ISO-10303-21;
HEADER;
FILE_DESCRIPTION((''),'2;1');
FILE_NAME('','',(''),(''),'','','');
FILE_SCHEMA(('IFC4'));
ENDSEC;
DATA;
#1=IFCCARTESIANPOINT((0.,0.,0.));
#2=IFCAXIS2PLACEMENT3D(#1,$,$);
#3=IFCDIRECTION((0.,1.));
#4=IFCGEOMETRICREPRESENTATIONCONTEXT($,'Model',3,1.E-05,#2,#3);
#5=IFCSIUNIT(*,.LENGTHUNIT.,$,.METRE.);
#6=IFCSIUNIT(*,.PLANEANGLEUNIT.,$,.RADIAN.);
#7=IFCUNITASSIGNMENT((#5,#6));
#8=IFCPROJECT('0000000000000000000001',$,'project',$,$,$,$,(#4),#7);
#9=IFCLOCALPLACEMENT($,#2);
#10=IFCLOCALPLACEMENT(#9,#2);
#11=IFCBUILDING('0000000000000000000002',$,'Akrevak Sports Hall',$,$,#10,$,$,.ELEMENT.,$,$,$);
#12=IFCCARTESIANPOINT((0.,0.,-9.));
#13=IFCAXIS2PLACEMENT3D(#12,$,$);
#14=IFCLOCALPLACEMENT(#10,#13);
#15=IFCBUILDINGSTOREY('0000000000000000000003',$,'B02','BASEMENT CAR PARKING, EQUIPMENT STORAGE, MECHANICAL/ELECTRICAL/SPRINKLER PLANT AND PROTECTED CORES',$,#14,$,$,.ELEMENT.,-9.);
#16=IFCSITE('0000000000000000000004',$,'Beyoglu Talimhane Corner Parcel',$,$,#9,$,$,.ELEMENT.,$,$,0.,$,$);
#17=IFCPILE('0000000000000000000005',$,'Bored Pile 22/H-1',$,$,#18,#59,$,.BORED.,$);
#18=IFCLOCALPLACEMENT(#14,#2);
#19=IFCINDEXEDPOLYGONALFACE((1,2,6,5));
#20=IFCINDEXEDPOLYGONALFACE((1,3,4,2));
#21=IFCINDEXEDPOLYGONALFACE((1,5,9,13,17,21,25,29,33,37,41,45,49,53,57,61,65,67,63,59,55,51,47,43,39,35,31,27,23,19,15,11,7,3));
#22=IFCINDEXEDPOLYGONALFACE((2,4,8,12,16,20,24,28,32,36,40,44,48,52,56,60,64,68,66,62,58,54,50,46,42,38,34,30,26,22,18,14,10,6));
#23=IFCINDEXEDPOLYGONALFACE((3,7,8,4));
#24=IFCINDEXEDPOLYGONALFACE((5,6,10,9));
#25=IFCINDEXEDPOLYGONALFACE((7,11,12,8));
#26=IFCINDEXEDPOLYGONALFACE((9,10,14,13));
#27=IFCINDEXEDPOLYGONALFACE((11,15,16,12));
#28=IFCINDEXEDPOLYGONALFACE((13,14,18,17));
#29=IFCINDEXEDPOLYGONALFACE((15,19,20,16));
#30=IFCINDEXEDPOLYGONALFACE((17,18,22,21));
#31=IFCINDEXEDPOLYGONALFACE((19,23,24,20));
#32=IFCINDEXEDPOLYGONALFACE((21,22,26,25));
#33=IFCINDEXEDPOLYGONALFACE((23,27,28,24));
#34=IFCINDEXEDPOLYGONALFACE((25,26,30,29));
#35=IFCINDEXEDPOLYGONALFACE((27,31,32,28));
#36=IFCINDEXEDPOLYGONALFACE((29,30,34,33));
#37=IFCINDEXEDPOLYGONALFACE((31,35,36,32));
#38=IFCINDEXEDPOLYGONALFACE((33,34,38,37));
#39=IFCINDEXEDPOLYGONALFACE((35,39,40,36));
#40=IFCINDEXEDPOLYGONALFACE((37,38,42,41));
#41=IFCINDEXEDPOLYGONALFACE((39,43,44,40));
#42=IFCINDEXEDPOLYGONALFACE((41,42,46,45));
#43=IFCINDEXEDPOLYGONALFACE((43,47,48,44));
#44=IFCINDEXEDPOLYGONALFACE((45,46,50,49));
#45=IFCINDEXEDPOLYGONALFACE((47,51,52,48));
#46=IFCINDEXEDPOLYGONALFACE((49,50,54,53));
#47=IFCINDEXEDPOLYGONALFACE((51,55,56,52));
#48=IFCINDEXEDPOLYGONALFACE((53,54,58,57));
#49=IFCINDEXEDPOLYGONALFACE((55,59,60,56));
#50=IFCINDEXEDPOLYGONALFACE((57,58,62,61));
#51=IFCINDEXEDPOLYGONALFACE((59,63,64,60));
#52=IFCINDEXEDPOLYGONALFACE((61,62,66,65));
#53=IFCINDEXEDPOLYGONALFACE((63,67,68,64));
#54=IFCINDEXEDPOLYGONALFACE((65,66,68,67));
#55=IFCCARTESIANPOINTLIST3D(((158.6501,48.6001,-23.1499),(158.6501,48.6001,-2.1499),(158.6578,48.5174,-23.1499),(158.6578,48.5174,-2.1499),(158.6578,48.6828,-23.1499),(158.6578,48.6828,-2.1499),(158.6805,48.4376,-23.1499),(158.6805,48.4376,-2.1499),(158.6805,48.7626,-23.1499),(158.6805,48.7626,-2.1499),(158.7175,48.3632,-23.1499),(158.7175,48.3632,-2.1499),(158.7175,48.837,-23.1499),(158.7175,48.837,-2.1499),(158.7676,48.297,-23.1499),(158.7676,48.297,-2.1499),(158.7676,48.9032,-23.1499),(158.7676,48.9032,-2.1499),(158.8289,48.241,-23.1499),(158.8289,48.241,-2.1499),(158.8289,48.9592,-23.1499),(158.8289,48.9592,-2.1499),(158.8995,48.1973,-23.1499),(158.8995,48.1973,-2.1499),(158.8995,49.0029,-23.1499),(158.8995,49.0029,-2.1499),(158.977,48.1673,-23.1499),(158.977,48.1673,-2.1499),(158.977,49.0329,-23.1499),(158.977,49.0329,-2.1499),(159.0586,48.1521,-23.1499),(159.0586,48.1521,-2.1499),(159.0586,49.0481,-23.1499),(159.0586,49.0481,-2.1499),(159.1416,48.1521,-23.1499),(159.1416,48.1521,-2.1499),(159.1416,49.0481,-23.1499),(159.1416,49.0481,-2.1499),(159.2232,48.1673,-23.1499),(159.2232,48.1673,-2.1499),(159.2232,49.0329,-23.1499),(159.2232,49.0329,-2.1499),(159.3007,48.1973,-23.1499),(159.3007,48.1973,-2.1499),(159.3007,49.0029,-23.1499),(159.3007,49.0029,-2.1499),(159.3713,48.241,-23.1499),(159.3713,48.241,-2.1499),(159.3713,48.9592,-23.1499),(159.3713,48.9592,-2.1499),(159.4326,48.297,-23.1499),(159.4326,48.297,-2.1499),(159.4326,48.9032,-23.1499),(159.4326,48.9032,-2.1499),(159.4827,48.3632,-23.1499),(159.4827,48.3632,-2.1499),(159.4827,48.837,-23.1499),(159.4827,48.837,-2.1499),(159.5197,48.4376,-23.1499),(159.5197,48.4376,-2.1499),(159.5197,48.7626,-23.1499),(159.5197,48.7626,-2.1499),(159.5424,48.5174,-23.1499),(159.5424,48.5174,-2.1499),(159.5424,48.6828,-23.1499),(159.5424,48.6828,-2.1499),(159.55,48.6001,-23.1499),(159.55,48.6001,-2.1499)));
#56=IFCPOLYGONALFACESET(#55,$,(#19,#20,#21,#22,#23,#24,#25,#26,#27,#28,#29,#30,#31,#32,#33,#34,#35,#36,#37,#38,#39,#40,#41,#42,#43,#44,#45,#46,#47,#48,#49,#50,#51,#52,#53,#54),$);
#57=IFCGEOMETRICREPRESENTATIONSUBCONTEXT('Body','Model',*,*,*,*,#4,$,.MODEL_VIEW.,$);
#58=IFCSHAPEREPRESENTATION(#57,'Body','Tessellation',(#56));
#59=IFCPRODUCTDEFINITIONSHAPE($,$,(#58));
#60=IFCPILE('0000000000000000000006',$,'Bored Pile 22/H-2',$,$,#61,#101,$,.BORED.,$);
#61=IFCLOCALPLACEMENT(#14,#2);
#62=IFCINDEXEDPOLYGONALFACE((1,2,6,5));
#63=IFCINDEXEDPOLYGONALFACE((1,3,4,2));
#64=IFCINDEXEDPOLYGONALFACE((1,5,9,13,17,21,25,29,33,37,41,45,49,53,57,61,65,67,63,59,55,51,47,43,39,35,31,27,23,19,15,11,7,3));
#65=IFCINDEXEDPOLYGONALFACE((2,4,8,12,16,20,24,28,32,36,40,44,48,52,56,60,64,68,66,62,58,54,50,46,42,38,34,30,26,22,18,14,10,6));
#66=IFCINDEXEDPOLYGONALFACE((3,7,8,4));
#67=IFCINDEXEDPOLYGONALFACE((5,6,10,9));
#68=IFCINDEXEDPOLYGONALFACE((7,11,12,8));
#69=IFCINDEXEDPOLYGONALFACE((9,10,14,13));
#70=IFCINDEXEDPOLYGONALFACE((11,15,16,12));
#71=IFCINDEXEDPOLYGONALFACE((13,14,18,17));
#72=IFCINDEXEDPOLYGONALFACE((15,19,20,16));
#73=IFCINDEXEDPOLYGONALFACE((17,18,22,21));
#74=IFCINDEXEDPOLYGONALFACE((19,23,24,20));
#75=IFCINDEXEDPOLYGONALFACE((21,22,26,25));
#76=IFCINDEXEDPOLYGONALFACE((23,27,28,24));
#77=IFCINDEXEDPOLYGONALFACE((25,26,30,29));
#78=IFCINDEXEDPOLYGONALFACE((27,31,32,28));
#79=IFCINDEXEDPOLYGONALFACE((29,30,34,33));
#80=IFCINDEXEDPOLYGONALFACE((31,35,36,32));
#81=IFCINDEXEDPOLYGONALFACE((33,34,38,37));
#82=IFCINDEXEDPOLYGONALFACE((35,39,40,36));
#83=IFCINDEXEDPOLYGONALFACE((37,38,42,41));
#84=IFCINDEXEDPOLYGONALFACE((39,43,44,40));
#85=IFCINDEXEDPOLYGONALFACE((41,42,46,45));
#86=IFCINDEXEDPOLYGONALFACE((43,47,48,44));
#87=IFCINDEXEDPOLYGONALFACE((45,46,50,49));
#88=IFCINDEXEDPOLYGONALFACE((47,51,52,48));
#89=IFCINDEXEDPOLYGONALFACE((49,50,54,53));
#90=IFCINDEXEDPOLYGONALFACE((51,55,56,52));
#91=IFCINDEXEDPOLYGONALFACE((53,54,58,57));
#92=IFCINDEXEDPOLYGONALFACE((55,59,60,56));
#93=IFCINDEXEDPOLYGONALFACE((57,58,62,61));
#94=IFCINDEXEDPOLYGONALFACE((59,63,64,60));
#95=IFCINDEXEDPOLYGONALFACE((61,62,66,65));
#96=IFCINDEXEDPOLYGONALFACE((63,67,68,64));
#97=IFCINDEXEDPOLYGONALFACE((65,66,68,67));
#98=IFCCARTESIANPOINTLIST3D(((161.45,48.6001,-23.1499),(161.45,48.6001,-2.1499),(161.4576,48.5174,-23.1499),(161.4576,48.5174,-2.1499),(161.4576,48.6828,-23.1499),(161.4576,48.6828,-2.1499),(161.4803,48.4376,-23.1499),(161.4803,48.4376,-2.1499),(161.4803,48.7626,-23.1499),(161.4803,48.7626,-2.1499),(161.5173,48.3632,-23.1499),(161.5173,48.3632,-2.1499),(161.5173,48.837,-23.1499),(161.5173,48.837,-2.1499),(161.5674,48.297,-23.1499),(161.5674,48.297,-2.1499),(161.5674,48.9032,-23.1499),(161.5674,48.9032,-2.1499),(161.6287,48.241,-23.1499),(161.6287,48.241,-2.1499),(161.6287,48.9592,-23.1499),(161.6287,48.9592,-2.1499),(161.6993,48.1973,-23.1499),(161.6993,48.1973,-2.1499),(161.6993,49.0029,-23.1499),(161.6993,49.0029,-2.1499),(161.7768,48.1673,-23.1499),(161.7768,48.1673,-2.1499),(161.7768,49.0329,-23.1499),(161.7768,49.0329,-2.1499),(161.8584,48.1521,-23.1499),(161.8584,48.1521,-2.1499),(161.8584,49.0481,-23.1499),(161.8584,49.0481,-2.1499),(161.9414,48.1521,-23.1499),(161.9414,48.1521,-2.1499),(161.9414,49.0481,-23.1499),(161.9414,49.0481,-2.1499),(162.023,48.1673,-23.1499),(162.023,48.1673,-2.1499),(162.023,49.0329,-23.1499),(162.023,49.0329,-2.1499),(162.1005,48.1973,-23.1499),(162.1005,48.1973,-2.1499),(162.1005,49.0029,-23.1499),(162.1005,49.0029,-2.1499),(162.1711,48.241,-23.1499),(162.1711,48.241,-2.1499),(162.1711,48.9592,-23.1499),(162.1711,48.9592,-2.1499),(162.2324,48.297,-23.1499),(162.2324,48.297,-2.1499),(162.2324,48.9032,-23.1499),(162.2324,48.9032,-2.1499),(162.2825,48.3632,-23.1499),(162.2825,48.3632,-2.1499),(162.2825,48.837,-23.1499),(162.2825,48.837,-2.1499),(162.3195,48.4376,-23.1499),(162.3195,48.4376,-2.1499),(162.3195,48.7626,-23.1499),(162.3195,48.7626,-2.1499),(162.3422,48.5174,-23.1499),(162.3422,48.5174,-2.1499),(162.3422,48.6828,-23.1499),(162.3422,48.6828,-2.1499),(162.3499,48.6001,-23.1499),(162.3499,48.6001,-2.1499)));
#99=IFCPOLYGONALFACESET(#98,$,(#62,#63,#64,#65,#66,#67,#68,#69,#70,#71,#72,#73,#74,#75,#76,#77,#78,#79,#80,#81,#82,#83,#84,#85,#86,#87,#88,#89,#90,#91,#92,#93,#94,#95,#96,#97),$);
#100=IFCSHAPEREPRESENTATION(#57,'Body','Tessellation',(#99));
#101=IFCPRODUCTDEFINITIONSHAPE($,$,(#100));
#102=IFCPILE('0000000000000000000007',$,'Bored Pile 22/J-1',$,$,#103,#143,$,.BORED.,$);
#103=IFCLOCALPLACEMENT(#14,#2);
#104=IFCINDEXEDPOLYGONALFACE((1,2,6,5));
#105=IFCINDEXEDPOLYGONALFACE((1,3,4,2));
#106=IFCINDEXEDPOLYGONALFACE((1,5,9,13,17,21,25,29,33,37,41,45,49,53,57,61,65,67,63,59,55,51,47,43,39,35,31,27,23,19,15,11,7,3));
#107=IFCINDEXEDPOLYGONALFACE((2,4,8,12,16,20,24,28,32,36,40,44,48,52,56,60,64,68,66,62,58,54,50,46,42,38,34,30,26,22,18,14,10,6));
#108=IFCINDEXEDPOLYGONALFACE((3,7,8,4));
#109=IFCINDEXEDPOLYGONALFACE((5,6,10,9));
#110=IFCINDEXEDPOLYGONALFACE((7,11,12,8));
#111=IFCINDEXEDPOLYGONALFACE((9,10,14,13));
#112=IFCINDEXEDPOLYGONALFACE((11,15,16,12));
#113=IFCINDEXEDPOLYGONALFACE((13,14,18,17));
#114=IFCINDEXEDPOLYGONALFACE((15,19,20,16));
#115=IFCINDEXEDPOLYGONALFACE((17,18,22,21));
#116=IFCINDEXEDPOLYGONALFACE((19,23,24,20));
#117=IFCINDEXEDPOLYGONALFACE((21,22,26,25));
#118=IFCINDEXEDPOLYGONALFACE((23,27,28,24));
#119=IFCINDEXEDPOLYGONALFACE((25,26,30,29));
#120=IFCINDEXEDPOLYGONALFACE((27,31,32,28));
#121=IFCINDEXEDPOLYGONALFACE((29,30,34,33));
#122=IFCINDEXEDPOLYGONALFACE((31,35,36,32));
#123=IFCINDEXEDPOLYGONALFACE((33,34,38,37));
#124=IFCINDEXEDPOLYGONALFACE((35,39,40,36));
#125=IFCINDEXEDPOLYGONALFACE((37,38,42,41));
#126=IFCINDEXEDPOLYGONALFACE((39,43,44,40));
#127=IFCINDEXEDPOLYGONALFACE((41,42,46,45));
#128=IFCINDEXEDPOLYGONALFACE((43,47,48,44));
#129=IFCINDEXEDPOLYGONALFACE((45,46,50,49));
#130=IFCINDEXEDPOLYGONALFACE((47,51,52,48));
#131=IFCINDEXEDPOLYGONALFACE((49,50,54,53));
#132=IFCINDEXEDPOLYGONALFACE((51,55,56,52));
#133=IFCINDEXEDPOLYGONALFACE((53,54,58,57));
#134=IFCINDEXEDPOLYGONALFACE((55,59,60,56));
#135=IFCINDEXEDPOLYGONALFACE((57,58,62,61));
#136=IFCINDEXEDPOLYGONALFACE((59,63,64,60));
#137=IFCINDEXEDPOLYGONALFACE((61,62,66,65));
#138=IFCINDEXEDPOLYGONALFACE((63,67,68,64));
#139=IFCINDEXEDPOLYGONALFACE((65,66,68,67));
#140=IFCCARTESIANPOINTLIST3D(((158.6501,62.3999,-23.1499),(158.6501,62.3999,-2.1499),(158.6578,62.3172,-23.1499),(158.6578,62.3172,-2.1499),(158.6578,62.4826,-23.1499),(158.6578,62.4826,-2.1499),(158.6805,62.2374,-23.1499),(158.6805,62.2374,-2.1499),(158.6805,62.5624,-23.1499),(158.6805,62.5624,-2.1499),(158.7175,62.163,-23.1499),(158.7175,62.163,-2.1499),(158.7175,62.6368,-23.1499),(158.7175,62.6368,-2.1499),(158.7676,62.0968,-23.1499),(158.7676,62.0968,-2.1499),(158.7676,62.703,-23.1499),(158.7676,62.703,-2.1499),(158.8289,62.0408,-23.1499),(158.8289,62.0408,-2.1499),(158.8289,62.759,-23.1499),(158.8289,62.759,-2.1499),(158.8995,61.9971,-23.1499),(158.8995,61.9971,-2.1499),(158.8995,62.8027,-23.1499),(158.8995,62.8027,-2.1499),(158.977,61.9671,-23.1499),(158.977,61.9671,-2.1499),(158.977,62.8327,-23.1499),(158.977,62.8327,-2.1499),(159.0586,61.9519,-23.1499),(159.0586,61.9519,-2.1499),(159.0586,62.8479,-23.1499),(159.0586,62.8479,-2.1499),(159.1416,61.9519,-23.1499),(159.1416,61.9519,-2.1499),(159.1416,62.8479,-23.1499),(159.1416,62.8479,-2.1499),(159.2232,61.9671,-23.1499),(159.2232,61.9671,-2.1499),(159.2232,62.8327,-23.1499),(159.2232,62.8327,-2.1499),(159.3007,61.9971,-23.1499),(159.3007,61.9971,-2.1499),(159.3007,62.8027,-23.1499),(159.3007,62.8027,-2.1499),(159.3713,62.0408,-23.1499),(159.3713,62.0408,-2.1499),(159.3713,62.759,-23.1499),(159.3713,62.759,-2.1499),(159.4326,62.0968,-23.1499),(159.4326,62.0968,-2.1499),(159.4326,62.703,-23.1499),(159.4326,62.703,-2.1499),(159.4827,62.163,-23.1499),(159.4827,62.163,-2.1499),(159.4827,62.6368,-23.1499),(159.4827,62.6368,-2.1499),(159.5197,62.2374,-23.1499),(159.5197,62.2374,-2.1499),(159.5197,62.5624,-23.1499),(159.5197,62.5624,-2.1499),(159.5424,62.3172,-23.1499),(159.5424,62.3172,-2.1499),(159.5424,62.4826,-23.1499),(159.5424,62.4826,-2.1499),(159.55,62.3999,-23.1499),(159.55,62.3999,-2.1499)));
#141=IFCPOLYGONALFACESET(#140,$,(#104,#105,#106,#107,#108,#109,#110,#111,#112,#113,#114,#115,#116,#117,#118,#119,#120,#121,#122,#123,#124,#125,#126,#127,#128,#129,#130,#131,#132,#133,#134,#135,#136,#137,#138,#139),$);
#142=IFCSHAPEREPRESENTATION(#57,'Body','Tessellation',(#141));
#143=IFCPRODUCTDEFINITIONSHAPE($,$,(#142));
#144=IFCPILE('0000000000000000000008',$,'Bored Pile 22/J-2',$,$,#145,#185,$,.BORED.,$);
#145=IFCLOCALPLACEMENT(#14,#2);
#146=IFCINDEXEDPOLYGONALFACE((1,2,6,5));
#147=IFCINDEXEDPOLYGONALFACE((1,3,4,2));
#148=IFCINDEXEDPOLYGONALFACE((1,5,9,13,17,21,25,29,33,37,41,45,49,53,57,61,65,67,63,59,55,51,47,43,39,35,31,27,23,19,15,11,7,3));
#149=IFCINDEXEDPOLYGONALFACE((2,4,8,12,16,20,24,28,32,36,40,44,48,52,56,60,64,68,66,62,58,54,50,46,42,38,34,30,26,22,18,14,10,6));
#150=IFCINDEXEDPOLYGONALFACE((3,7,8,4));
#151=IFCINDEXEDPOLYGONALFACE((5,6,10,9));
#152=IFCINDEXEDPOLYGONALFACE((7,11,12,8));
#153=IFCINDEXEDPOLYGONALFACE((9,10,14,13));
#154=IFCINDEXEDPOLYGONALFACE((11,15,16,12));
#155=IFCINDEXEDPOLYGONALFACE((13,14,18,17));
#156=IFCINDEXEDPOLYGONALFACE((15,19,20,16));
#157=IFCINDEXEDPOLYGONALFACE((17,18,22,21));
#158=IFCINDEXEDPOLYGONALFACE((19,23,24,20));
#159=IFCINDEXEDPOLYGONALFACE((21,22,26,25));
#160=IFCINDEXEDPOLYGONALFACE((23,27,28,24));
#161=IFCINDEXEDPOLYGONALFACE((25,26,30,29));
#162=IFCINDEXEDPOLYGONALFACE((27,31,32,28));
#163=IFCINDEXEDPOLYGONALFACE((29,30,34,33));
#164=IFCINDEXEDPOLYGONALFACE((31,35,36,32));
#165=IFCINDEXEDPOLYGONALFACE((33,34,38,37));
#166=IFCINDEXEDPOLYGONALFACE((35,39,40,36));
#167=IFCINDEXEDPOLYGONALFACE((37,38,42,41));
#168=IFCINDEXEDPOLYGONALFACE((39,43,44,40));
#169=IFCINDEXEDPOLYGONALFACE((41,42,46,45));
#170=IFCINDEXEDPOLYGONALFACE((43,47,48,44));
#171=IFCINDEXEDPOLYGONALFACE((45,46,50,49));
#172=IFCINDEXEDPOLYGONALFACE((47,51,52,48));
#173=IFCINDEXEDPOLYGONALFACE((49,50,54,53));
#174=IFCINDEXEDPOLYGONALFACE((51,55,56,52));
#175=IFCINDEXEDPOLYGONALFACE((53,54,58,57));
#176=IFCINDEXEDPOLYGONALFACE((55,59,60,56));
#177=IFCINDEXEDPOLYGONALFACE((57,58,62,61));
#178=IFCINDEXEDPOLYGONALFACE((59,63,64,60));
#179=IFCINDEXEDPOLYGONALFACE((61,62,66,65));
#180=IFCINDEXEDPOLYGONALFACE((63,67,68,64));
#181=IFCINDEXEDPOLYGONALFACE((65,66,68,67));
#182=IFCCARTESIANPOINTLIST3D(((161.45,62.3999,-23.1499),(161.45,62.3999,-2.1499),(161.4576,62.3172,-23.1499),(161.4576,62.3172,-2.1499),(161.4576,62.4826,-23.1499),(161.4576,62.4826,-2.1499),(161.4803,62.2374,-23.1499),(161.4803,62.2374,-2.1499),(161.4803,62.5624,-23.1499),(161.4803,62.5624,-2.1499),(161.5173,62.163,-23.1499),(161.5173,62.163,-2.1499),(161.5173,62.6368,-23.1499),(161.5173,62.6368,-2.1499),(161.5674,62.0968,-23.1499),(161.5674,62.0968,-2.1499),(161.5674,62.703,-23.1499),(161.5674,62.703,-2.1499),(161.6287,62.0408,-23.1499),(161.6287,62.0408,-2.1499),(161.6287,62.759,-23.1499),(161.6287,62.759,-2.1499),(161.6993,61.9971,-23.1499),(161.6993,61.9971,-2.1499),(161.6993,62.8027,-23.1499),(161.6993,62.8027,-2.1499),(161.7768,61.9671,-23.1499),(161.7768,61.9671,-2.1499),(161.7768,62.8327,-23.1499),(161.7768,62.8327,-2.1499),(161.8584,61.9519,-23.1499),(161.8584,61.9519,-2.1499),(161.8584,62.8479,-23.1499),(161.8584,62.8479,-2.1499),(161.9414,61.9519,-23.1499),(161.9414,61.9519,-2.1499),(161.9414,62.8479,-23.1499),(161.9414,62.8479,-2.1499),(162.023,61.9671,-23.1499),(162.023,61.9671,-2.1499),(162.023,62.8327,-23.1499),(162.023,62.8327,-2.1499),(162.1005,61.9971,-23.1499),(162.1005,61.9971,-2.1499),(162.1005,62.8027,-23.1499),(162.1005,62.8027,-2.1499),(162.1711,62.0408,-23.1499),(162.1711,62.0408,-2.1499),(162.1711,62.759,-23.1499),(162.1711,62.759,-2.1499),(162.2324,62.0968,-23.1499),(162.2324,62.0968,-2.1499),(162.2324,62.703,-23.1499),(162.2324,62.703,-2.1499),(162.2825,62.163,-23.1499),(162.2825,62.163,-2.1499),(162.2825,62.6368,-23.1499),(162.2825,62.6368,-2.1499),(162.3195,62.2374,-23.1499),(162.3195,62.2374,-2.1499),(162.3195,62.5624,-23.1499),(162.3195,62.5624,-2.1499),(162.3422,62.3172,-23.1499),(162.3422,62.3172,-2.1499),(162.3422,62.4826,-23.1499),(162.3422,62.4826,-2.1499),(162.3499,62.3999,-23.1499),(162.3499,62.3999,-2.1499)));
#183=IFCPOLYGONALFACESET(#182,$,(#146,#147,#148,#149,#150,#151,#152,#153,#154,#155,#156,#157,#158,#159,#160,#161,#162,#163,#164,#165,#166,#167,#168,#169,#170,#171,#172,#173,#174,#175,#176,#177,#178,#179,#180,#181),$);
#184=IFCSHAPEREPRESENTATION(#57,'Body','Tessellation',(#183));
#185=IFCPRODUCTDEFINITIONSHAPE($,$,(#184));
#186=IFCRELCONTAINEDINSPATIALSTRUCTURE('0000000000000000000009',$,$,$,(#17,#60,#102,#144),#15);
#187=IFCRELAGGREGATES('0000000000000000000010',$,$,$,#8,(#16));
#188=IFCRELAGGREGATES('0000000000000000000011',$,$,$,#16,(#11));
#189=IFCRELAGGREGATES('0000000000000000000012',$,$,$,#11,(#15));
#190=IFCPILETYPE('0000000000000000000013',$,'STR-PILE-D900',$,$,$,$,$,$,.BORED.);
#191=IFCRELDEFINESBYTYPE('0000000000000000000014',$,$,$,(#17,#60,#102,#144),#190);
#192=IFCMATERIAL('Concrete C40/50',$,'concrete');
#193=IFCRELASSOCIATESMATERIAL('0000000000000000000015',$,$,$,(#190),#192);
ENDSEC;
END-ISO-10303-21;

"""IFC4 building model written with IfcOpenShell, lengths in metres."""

from ifc_helpers import new_model, si_unit, direction, frame, origin, origin_2d, place, context, subcontext, project, spatial, circle, extrude, material, material_profile, profile_set, type_object, element, save


model = new_model("IFC4")

# Units and contexts
model_context = context("Model", 3, precision=1e-05, world=origin(), true_north=direction((0.0, 1.0)))
body_context = subcontext(model_context, "Body", "Model", "MODEL_VIEW")
ifc_project = project(units=[si_unit("LENGTHUNIT", "METRE"), si_unit("PLANEANGLEUNIT", "RADIAN")], contexts=[model_context])

# Site, building, storey
site_placement = place(None, origin())
site = spatial("IfcSite", under=ifc_project, at=site_placement, Name="Beyoglu Talimhane Corner Parcel", CompositionType="ELEMENT", RefElevation=0.0)
building_placement = place(site_placement, origin())
building = spatial("IfcBuilding", under=site, at=building_placement, Name="Akrevak Sports Hall", CompositionType="ELEMENT")
storey_placement = place(building_placement, frame((0.0, 0.0, -9.0)))
storey = spatial("IfcBuildingStorey", under=building, at=storey_placement, Name="B02", Description="BASEMENT CAR PARKING, EQUIPMENT STORAGE, MECHANICAL/ELECTRICAL/SPRINKLER PLANT AND PROTECTED CORES", CompositionType="ELEMENT", Elevation=-9.0)

# Shared definitions
ifc_material_1 = material(Name="Concrete C40/50", Category="concrete")

# Piles
ifc_material_profile_1 = material_profile(ifc_material_1, circle(Radius=0.45, at=origin_2d()), Name="BORED PILE D900", Category="concrete")
ifc_profile_set_1 = profile_set([ifc_material_profile_1], Name="Concrete C40/50")
pile_type_1 = type_object("IfcPileType", Name="STR-PILE-D900", PredefinedType="BORED", material=ifc_profile_set_1)
for number, where, z_axis, x_axis, name in (
    (1, (159.1001, 48.6001, -2.1499), (0.0, 0.0, -1.0), (1.0, 0.0, 0.0), "Bored Pile 22/H-1"),
    (2, (161.8999, 48.6001, -2.1499), (0.0, 0.0, -1.0), (1.0, 0.0, 0.0), "Bored Pile 22/H-2"),
    (3, (159.1001, 62.3999, -2.1499), (0.0, 0.0, -1.0), (1.0, 0.0, 0.0), "Bored Pile 22/J-1"),
    (4, (161.8999, 62.3999, -2.1499), (0.0, 0.0, -1.0), (1.0, 0.0, 0.0), "Bored Pile 22/J-2"),
):
    element("IfcPile", number, at=place(storey_placement, frame(where, z_axis=z_axis, x_axis=x_axis)), inside=storey, type_object=pile_type_1, Name=name, PredefinedType="BORED", context=body_context, shape_type="SweptSolid", body=[
        extrude(circle(Radius=0.45, at=origin_2d()), origin(), (0.0, 0.0, 1.0), 21.0),
    ])

save(model, "model.ifc")
